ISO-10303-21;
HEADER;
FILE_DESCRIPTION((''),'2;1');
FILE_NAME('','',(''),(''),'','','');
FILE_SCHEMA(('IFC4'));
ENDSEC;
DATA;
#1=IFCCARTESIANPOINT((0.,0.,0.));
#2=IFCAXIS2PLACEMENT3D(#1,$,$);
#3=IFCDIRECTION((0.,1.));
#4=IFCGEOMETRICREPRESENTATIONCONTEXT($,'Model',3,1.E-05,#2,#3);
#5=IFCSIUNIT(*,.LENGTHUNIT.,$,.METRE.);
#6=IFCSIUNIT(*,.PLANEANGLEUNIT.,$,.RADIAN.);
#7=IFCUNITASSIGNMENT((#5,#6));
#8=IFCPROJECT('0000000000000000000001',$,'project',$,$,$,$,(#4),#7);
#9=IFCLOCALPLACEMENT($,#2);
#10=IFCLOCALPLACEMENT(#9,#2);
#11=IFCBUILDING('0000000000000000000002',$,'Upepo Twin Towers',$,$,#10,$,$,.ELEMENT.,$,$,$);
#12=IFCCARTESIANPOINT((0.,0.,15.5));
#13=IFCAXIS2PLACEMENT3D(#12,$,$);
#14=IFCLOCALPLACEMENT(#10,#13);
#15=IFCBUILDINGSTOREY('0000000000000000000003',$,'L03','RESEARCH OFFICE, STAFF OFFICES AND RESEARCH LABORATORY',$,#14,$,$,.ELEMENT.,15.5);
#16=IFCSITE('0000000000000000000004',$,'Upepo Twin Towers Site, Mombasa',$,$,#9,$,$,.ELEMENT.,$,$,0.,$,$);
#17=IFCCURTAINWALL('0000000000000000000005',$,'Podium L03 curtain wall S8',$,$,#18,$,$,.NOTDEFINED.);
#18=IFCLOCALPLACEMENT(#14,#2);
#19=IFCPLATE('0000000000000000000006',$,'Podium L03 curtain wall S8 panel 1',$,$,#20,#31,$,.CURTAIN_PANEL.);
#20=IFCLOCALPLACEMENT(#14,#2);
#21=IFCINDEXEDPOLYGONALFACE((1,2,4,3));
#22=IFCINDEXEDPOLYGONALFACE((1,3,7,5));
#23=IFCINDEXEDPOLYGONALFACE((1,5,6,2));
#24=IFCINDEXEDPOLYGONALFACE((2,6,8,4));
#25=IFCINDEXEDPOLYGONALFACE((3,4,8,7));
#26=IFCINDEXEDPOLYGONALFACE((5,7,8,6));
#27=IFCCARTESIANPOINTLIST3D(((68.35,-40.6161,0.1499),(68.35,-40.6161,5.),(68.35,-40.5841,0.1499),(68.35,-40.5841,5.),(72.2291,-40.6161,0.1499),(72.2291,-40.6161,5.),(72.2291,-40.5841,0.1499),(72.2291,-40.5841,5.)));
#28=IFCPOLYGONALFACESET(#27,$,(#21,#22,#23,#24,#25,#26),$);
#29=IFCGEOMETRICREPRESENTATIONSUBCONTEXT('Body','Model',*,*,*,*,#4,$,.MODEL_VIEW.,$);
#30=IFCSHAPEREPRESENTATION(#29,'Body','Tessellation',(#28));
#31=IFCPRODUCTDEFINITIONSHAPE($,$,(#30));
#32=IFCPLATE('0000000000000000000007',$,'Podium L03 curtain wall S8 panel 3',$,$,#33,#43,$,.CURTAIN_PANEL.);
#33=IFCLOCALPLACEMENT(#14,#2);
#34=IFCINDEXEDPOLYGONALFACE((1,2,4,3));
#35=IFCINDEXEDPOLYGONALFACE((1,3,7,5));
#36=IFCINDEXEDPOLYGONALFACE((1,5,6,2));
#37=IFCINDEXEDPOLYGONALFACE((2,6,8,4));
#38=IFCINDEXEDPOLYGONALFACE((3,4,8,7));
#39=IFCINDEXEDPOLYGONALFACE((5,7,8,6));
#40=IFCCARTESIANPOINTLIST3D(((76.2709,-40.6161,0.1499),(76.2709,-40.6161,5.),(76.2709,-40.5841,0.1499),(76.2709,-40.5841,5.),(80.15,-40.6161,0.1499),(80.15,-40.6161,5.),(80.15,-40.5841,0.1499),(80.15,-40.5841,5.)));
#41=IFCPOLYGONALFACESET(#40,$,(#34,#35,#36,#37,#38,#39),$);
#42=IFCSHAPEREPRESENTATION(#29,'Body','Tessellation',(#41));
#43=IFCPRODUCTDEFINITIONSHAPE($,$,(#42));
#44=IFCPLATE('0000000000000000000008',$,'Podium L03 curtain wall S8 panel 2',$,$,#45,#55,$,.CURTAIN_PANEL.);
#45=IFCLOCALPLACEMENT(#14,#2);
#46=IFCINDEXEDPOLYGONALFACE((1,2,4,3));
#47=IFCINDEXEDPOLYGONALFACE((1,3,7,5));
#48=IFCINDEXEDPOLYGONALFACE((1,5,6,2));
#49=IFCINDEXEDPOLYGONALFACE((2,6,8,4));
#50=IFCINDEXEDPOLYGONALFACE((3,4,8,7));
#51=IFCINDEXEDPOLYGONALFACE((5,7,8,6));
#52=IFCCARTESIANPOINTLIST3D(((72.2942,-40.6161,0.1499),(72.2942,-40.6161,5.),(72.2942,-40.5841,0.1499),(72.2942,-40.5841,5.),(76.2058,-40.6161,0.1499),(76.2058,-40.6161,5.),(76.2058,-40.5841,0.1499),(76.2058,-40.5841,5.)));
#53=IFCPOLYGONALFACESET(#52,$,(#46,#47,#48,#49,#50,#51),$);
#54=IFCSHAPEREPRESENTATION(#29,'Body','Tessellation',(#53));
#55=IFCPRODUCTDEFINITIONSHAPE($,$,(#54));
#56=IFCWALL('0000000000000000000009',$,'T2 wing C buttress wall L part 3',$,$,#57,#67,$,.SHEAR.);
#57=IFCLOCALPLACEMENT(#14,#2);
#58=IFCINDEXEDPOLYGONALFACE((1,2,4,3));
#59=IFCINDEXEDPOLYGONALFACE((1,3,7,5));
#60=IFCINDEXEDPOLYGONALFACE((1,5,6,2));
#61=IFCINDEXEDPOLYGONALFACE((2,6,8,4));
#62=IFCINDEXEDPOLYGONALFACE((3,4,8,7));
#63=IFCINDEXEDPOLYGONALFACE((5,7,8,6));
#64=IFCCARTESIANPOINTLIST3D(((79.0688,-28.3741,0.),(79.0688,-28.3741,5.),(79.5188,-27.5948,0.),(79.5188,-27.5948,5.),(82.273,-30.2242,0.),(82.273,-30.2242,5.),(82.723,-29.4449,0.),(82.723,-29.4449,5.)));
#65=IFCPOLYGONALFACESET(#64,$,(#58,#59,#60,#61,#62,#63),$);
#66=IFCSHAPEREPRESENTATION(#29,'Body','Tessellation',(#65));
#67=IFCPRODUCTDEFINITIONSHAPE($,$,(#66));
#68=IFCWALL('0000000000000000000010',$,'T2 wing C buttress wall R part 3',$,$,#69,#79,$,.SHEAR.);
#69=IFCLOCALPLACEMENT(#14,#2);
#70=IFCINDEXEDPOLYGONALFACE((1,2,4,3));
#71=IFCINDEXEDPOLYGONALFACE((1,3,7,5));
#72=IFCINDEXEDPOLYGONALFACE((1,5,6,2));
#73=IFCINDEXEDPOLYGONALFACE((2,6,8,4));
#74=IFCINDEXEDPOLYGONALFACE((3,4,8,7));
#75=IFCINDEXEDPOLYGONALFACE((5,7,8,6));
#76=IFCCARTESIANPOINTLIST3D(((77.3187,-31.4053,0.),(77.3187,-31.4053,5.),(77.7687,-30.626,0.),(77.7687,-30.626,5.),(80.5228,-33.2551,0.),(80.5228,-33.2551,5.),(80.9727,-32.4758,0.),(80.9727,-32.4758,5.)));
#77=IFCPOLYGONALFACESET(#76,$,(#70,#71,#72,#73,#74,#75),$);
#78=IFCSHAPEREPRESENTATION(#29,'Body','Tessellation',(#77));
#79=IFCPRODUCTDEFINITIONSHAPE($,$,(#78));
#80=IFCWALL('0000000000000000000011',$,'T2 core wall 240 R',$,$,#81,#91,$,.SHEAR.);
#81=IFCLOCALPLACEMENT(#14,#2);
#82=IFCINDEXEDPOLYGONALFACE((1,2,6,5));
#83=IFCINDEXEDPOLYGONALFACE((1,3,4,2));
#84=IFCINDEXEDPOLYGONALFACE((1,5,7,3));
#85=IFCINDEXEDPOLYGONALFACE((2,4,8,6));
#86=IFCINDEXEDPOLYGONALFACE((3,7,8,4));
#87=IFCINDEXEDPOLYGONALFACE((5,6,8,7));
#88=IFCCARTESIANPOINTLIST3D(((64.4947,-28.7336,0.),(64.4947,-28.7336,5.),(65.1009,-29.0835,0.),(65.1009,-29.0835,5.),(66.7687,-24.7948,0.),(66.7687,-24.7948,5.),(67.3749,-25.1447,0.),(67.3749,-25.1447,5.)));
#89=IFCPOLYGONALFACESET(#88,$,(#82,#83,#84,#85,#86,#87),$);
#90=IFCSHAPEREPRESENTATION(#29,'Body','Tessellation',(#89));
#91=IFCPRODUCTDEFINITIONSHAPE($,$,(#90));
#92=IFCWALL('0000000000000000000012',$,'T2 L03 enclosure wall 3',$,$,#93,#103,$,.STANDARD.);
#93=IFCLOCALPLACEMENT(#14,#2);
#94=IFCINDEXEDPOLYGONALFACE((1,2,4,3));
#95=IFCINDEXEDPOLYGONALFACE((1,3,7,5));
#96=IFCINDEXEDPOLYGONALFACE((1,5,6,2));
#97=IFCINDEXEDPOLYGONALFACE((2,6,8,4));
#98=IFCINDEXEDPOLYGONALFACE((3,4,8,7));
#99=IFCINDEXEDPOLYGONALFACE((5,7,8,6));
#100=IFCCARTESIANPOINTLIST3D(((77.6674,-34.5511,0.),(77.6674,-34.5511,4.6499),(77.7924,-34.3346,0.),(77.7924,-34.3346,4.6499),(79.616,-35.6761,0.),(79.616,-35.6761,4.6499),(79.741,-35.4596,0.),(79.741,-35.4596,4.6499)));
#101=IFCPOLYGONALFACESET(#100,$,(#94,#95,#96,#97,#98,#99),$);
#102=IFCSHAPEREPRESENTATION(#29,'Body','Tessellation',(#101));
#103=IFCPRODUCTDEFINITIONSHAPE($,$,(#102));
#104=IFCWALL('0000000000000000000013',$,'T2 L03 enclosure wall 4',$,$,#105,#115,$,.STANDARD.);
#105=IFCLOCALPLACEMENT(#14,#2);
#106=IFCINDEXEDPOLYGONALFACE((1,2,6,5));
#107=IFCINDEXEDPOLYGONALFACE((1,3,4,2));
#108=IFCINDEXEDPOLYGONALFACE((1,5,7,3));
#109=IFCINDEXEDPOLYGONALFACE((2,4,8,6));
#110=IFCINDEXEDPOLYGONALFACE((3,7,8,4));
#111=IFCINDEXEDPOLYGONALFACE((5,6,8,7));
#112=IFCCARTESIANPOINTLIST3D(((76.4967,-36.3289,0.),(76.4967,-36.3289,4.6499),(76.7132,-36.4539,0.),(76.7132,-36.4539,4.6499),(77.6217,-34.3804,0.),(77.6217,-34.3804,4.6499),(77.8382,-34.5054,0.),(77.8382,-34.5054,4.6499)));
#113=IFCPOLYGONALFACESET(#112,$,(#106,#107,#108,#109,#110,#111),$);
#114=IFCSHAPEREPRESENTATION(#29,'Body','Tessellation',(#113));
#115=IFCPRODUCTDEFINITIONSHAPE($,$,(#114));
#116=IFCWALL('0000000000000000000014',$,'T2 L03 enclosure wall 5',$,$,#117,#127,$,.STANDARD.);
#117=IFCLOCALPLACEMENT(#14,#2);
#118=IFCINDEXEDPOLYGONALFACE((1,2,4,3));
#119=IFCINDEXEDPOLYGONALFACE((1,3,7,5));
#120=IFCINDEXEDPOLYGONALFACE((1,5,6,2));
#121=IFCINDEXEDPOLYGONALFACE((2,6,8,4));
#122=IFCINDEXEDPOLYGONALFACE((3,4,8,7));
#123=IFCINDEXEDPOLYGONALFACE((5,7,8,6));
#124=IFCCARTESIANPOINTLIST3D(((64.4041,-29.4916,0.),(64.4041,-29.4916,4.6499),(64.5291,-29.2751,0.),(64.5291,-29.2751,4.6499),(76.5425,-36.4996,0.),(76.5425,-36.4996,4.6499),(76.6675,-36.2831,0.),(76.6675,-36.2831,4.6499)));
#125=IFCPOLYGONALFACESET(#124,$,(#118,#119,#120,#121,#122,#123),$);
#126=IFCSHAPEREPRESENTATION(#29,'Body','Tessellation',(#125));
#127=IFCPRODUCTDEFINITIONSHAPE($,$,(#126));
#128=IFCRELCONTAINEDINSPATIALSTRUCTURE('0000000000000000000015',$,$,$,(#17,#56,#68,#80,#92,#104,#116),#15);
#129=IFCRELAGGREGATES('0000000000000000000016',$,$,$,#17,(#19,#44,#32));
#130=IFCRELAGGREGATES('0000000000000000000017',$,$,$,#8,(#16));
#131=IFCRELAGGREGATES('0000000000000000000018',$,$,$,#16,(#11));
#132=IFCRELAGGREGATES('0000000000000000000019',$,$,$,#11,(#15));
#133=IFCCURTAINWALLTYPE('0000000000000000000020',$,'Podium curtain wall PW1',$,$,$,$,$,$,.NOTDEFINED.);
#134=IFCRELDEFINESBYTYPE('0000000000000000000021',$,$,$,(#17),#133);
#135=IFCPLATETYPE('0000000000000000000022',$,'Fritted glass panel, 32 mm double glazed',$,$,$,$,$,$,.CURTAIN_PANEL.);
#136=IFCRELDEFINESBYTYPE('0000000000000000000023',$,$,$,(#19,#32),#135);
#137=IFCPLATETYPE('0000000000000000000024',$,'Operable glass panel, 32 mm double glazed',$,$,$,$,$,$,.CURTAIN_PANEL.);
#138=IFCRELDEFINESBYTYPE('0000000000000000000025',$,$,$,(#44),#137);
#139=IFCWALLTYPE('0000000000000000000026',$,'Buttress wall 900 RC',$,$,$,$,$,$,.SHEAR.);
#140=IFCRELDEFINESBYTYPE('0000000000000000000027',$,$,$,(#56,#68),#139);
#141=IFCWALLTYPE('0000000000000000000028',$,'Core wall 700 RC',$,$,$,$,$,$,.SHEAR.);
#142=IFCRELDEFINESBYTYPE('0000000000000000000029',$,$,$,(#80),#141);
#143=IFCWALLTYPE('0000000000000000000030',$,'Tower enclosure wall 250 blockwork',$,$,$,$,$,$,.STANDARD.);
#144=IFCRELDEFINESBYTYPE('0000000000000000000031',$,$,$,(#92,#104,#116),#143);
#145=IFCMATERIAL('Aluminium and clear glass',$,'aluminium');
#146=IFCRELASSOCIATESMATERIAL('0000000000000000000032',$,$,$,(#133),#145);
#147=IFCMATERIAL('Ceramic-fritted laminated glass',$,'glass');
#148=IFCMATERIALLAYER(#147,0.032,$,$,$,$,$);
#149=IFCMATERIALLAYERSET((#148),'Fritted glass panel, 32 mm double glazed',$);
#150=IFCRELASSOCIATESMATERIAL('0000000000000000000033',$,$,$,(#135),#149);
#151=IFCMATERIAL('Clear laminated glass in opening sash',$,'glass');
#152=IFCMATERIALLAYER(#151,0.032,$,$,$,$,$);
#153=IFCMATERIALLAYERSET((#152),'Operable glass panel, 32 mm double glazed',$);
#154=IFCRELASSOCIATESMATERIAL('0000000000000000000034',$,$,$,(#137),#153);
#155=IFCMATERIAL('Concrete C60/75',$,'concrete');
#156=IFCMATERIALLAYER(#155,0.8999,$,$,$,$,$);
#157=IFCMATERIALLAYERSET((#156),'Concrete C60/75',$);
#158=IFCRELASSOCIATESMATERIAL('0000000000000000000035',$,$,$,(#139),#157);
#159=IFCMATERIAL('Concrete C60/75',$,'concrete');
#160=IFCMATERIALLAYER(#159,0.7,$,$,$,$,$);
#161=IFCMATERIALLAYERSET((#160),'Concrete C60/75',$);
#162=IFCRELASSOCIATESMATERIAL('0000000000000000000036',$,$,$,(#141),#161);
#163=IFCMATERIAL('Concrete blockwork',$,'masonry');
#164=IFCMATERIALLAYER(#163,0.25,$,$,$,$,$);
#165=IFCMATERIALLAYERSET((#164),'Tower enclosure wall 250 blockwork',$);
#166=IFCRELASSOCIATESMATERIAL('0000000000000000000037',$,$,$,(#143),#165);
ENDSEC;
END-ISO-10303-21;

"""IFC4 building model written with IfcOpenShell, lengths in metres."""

from ifc_helpers import new_model, si_unit, direction, frame, frame_2d, origin, origin_2d, place, context, subcontext, project, spatial, rectangle, extrude, material, layer, layer_set, type_object, element, aggregate, save


model = new_model("IFC4")

# Units and contexts
model_context = context("Model", 3, precision=1e-05, world=origin(), true_north=direction((0.0, 1.0)))
body_context = subcontext(model_context, "Body", "Model", "MODEL_VIEW")
ifc_project = project(units=[si_unit("LENGTHUNIT", "METRE"), si_unit("PLANEANGLEUNIT", "RADIAN")], contexts=[model_context])

# Site, building, storey
site_placement = place(None, origin())
site = spatial("IfcSite", under=ifc_project, at=site_placement, Name="Upepo Twin Towers Site, Mombasa", CompositionType="ELEMENT", RefElevation=0.0)
building_placement = place(site_placement, origin())
building = spatial("IfcBuilding", under=site, at=building_placement, Name="Upepo Twin Towers", CompositionType="ELEMENT")
storey_placement = place(building_placement, frame((0.0, 0.0, 15.5)))
storey = spatial("IfcBuildingStorey", under=building, at=storey_placement, Name="L03", Description="RESEARCH OFFICE, STAFF OFFICES AND RESEARCH LABORATORY", CompositionType="ELEMENT", Elevation=15.5)

# Shared definitions
ifc_material_1 = material(Name="Aluminium and clear glass", Category="aluminium")
curtain_wall_type = type_object("IfcCurtainWallType", Name="Podium curtain wall PW1", PredefinedType="NOTDEFINED", material=ifc_material_1)

# Curtain wall, plates
curtain_wall_1_placement = place(storey_placement, origin())
curtain_wall_1 = element("IfcCurtainWall", 1, at=curtain_wall_1_placement, inside=storey, type_object=curtain_wall_type, Name="Podium L03 curtain wall S8", PredefinedType="NOTDEFINED")
ifc_material_2 = material(Name="Ceramic-fritted laminated glass", Category="glass")
ifc_layer_1 = layer(ifc_material_2, 0.032)
ifc_layer_set_1 = layer_set([ifc_layer_1], Name="Fritted glass panel, 32 mm double glazed")
plate_type_1 = type_object("IfcPlateType", Name="Fritted glass panel, 32 mm double glazed", PredefinedType="CURTAIN_PANEL", material=ifc_layer_set_1)
plate_1_placement = place(storey_placement, frame((70.2896, -40.6001, 0.1499), z_axis=(0.0, 0.0, 1.0), x_axis=(1.0, 0.0, 0.0)))
plate_1 = element("IfcPlate", 2, at=plate_1_placement, type_object=plate_type_1, Name="Podium L03 curtain wall S8 panel 1", PredefinedType="CURTAIN_PANEL", context=body_context, shape_type="SweptSolid", body=[
    extrude(rectangle(XDim=3.8792, YDim=0.032, at=origin_2d()), origin(), (0.0, 0.0, 1.0), 4.8501),
])
plate_2_placement = place(storey_placement, frame((78.2104, -40.6001, 0.1499), z_axis=(0.0, 0.0, 1.0), x_axis=(1.0, 0.0, 0.0)))
plate_2 = element("IfcPlate", 3, at=plate_2_placement, type_object=plate_type_1, Name="Podium L03 curtain wall S8 panel 3", PredefinedType="CURTAIN_PANEL", context=body_context, shape_type="SweptSolid", body=[
    extrude(rectangle(XDim=3.8792, YDim=0.032, at=origin_2d()), origin(), (0.0, 0.0, 1.0), 4.8501),
])
ifc_material_3 = material(Name="Clear laminated glass in opening sash", Category="glass")
ifc_layer_2 = layer(ifc_material_3, 0.032)
ifc_layer_set_2 = layer_set([ifc_layer_2], Name="Operable glass panel, 32 mm double glazed")
plate_type_2 = type_object("IfcPlateType", Name="Operable glass panel, 32 mm double glazed", PredefinedType="CURTAIN_PANEL", material=ifc_layer_set_2)
plate_3_placement = place(storey_placement, frame((74.25, -40.6001, 0.1499), z_axis=(0.0, 0.0, 1.0), x_axis=(1.0, 0.0, 0.0)))
plate_3 = element("IfcPlate", 4, at=plate_3_placement, type_object=plate_type_2, Name="Podium L03 curtain wall S8 panel 2", PredefinedType="CURTAIN_PANEL", context=body_context, shape_type="SweptSolid", body=[
    extrude(rectangle(XDim=3.9116, YDim=0.032, at=origin_2d()), origin(), (0.0, 0.0, 1.0), 4.8501),
])
aggregate(curtain_wall_1, [plate_1, plate_3, plate_2])

# Walls
ifc_material_4 = material(Name="Concrete C60/75", Category="concrete")
ifc_layer_3 = layer(ifc_material_4, 0.8999)
ifc_layer_set_3 = layer_set([ifc_layer_3], Name="Concrete C60/75")
wall_type_1 = type_object("IfcWallType", Name="Buttress wall 900 RC", PredefinedType="SHEAR", material=ifc_layer_set_3)
wall_1_placement = place(storey_placement, frame((79.2937, -27.9844, 0.0), z_axis=(0.0, 0.0, 1.0), x_axis=(0.866001, -0.500042, 0.0)))
element("IfcWall", 5, at=wall_1_placement, inside=storey, type_object=wall_type_1, Name="T2 wing C buttress wall L part 3", PredefinedType="SHEAR", context=body_context, shape_type="SweptSolid", body=[
    extrude(rectangle(XDim=3.7, YDim=0.8999, at=frame_2d((1.8501, 0.0))), origin(), (0.0, 0.0, 1.0), 5.0),
])
wall_2_placement = place(storey_placement, frame((77.5437, -31.0156, 0.0), z_axis=(0.0, 0.0, 1.0), x_axis=(0.86603, -0.499993, 0.0)))
element("IfcWall", 6, at=wall_2_placement, inside=storey, type_object=wall_type_1, Name="T2 wing C buttress wall R part 3", PredefinedType="SHEAR", context=body_context, shape_type="SweptSolid", body=[
    extrude(rectangle(XDim=3.6997, YDim=0.8999, at=frame_2d((1.8499, 0.0))), origin(), (0.0, 0.0, 1.0), 5.0),
])
ifc_material_5 = material(Name="Concrete C60/75", Category="concrete")
ifc_layer_4 = layer(ifc_material_5, 0.7)
ifc_layer_set_4 = layer_set([ifc_layer_4], Name="Concrete C60/75")
wall_type_2 = type_object("IfcWallType", Name="Core wall 700 RC", PredefinedType="SHEAR", material=ifc_layer_set_4)
wall_3_placement = place(storey_placement, frame((64.7979, -28.9084, 0.0), z_axis=(0.0, 0.0, 1.0), x_axis=(0.499984, 0.866035, 0.0)))
element("IfcWall", 7, at=wall_3_placement, inside=storey, type_object=wall_type_2, Name="T2 core wall 240 R", PredefinedType="SHEAR", context=body_context, shape_type="SweptSolid", body=[
    extrude(rectangle(XDim=4.5481, YDim=0.7, at=frame_2d((2.2739, 0.0))), origin(), (0.0, 0.0, 1.0), 5.0),
])
ifc_material_6 = material(Name="Concrete blockwork", Category="masonry")
ifc_layer_5 = layer(ifc_material_6, 0.25)
ifc_layer_set_5 = layer_set([ifc_layer_5], Name="Tower enclosure wall 250 blockwork")
wall_type_3 = type_object("IfcWallType", Name="Tower enclosure wall 250 blockwork", PredefinedType="STANDARD", material=ifc_layer_set_5)
for number, where, z_axis, x_axis, name in (
    (8, (79.6785, -35.5679, 0.0), (0.0, 0.0, 1.0), (-0.866018, 0.500014, 0.0), "T2 L03 enclosure wall 3"),
    (9, (77.73, -34.4429, 0.0), (0.0, 0.0, 1.0), (-0.500014, -0.866018, 0.0), "T2 L03 enclosure wall 4"),
):
    element("IfcWall", number, at=place(storey_placement, frame(where, z_axis=z_axis, x_axis=x_axis)), inside=storey, type_object=wall_type_3, Name=name, PredefinedType="STANDARD", context=body_context, shape_type="SweptSolid", body=[
        extrude(rectangle(XDim=2.25, YDim=0.25, at=frame_2d((1.125, 0.0))), origin(), (0.0, 0.0, 1.0), 4.6499),
    ])
wall_4_placement = place(storey_placement, frame((76.605, -36.3914, 0.0), z_axis=(0.0, 0.0, 1.0), x_axis=(-0.866028, 0.499996, 0.0)))
element("IfcWall", 10, at=wall_4_placement, inside=storey, type_object=wall_type_3, Name="T2 L03 enclosure wall 5", PredefinedType="STANDARD", context=body_context, shape_type="SweptSolid", body=[
    extrude(rectangle(XDim=14.0161, YDim=0.25, at=frame_2d((7.0081, 0.0))), origin(), (0.0, 0.0, 1.0), 4.6499),
])

save(model, "model.ifc")
